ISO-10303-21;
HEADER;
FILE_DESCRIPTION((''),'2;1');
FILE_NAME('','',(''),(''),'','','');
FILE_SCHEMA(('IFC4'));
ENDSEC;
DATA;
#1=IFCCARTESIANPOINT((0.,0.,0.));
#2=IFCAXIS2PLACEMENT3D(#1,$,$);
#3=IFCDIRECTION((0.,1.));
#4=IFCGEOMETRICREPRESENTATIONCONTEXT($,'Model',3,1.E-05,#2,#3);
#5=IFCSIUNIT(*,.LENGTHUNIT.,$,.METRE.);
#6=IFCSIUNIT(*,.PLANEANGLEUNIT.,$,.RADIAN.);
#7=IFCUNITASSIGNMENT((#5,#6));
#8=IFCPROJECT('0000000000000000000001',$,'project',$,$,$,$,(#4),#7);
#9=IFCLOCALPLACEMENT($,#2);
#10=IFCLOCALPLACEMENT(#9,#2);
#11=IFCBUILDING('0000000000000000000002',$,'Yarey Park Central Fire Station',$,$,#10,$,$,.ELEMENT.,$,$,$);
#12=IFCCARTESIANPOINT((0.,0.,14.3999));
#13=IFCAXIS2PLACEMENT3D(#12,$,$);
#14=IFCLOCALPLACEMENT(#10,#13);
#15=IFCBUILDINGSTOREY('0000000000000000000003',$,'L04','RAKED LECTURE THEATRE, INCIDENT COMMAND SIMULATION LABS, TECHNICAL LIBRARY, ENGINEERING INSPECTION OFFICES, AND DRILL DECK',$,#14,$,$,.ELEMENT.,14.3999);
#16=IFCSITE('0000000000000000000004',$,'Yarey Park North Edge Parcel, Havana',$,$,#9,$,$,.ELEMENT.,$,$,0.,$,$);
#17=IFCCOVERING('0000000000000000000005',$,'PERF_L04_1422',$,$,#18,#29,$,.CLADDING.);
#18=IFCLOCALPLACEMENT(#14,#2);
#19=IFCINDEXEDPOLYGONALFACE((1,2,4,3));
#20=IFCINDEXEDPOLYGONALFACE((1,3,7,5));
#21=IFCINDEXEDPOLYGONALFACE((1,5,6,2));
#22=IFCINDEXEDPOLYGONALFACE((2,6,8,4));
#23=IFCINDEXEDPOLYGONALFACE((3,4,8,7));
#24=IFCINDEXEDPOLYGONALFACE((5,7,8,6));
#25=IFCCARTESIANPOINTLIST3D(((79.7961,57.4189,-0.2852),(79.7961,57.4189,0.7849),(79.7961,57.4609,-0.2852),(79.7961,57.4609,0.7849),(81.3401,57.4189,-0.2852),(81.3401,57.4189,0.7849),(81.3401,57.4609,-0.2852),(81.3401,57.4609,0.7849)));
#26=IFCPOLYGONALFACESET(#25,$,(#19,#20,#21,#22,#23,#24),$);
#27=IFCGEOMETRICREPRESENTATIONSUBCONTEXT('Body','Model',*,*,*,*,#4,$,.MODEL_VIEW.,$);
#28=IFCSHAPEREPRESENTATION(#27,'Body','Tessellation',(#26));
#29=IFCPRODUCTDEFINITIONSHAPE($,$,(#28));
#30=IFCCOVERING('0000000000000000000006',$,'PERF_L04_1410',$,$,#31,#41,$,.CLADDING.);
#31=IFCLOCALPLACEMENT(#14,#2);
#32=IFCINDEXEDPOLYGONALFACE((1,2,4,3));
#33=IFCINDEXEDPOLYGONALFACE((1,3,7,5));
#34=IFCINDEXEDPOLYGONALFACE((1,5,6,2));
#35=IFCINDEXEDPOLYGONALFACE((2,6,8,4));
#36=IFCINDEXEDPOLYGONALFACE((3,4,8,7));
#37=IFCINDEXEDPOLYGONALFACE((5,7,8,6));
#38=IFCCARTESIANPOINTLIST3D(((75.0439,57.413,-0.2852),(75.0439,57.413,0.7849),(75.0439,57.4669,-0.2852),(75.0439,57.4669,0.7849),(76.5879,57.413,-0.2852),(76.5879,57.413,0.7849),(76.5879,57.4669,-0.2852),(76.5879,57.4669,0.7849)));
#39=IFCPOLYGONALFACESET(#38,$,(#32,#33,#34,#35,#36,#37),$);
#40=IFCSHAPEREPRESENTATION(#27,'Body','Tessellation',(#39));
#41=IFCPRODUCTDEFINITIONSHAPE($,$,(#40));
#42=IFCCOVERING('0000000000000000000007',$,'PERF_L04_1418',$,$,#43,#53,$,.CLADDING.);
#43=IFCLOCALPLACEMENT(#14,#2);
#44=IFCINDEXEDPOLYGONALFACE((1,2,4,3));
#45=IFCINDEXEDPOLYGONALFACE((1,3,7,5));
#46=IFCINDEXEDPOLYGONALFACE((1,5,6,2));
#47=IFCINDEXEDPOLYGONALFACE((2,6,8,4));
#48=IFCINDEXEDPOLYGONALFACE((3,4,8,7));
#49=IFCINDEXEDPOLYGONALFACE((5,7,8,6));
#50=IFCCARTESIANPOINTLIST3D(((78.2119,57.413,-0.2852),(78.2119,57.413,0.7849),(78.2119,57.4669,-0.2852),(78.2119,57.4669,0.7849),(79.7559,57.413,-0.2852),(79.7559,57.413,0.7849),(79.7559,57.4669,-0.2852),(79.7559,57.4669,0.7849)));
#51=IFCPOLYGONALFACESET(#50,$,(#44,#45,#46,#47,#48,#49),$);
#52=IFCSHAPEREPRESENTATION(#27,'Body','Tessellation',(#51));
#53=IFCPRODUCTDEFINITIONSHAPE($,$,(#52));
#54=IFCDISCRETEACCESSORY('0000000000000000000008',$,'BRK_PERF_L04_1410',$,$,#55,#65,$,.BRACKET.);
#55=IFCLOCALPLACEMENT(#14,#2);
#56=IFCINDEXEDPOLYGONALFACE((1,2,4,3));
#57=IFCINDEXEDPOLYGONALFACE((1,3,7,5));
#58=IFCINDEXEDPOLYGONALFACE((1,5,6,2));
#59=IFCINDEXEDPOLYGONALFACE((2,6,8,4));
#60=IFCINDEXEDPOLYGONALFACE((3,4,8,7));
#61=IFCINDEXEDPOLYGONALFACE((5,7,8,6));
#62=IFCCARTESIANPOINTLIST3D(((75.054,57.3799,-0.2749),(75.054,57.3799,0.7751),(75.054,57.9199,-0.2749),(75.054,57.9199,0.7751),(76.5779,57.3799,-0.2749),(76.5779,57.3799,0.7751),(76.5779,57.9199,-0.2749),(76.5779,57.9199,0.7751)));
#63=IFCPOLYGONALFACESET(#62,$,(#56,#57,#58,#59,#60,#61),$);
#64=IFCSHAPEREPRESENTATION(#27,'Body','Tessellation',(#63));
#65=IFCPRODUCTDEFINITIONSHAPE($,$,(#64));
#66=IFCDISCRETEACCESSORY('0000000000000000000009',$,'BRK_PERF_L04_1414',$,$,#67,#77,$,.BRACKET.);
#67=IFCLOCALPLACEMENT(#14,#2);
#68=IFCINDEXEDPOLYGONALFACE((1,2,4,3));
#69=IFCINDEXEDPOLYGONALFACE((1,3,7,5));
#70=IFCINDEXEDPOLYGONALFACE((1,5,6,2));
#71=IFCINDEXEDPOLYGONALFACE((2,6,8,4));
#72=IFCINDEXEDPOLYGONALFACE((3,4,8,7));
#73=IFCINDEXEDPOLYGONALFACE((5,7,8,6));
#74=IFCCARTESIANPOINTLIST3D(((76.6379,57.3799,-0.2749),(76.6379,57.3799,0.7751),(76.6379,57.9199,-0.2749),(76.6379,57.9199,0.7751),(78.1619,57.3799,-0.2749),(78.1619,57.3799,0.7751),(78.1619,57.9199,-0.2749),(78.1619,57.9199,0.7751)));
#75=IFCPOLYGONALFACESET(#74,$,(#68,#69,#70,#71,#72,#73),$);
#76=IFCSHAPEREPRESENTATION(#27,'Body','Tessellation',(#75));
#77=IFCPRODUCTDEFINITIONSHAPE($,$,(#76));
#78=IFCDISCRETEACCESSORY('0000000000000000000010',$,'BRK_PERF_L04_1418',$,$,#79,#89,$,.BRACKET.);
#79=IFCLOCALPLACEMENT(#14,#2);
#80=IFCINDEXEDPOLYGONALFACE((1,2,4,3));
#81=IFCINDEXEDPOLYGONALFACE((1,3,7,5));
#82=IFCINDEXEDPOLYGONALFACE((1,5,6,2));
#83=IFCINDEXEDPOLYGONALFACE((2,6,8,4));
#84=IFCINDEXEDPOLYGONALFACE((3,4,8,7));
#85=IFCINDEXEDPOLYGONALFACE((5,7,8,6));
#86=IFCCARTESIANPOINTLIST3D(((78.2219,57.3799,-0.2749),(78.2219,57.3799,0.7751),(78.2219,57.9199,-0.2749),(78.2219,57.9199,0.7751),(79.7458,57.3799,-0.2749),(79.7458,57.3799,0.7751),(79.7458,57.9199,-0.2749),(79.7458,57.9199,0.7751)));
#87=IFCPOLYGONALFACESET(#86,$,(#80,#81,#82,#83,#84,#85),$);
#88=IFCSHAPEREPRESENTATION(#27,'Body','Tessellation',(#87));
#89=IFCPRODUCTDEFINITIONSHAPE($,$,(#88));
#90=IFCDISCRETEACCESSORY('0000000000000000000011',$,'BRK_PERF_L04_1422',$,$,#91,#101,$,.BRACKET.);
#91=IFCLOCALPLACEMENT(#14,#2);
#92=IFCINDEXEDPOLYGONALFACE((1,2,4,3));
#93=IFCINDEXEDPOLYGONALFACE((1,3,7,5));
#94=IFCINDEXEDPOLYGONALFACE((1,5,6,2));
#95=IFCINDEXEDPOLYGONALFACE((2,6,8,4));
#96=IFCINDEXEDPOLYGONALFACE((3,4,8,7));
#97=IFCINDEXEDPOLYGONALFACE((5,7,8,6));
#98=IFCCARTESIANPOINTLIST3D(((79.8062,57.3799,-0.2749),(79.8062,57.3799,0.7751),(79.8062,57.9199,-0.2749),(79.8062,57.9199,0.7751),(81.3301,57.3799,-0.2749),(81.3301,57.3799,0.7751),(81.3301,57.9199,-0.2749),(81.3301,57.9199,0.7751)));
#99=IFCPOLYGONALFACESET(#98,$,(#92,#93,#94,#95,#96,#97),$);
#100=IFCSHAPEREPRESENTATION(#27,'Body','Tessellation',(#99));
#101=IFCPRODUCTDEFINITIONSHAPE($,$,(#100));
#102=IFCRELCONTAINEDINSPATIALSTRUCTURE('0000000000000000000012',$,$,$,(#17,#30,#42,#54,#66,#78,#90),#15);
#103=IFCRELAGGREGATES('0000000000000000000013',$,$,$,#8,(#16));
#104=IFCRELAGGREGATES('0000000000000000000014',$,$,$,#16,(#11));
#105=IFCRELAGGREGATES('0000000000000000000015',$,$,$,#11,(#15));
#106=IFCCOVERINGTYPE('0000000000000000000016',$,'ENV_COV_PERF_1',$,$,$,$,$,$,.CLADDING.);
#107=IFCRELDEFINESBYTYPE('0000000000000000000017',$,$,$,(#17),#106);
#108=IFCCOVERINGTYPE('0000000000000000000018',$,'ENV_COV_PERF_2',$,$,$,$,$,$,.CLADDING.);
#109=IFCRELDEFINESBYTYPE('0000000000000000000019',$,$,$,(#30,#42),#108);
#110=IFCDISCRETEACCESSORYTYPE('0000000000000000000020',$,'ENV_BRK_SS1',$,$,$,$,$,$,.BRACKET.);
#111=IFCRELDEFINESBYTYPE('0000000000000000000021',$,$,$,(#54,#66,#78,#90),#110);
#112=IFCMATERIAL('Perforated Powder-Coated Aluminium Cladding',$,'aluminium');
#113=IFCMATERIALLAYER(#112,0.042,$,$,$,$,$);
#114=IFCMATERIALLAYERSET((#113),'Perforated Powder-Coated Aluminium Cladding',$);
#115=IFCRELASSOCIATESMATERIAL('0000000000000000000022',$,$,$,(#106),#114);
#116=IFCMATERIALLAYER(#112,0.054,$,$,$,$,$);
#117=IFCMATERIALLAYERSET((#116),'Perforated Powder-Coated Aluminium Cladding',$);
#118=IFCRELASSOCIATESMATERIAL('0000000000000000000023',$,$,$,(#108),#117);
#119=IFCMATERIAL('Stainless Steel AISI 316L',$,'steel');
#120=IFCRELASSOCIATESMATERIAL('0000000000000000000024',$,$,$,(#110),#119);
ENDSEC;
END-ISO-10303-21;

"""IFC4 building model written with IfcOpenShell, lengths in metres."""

from ifc_helpers import new_model, si_unit, direction, frame, origin, origin_2d, place, context, subcontext, project, spatial, rectangle, extrude, material, layer, layer_set, type_object, element, save


model = new_model("IFC4")

# Units and contexts
model_context = context("Model", 3, precision=1e-05, world=origin(), true_north=direction((0.0, 1.0)))
body_context = subcontext(model_context, "Body", "Model", "MODEL_VIEW")
ifc_project = project(units=[si_unit("LENGTHUNIT", "METRE"), si_unit("PLANEANGLEUNIT", "RADIAN")], contexts=[model_context])

# Site, building, storey
site_placement = place(None, origin())
site = spatial("IfcSite", under=ifc_project, at=site_placement, Name="Yarey Park North Edge Parcel, Havana", CompositionType="ELEMENT", RefElevation=0.0)
building_placement = place(site_placement, origin())
building = spatial("IfcBuilding", under=site, at=building_placement, Name="Yarey Park Central Fire Station", CompositionType="ELEMENT")
storey_placement = place(building_placement, frame((0.0, 0.0, 14.3999)))
storey = spatial("IfcBuildingStorey", under=building, at=storey_placement, Name="L04", Description="RAKED LECTURE THEATRE, INCIDENT COMMAND SIMULATION LABS, TECHNICAL LIBRARY, ENGINEERING INSPECTION OFFICES, AND DRILL DECK", CompositionType="ELEMENT", Elevation=14.3999)

# Coverings
ifc_material_1 = material(Name="Perforated Powder-Coated Aluminium Cladding", Category="aluminium")
ifc_layer_1 = layer(ifc_material_1, 0.042)
ifc_layer_set_1 = layer_set([ifc_layer_1], Name="Perforated Powder-Coated Aluminium Cladding")
covering_type_1 = type_object("IfcCoveringType", Name="ENV_COV_PERF_1", PredefinedType="CLADDING", material=ifc_layer_set_1)
for number, where, z_axis, x_axis, name in (
    (1, (80.5681, 57.4399, -0.2852), (0.0, 0.0, 1.0), (1.0, 0.0, 0.0), "PERF_L04_1422"),
):
    element("IfcCovering", number, at=place(storey_placement, frame(where, z_axis=z_axis, x_axis=x_axis)), inside=storey, type_object=covering_type_1, Name=name, PredefinedType="CLADDING", context=body_context, shape_type="SweptSolid", body=[
        extrude(rectangle(XDim=1.5439, YDim=0.042, at=origin_2d()), origin(), (0.0, 0.0, 1.0), 1.0701),
    ])
ifc_layer_2 = layer(ifc_material_1, 0.054)
ifc_layer_set_2 = layer_set([ifc_layer_2], Name="Perforated Powder-Coated Aluminium Cladding")
covering_type_2 = type_object("IfcCoveringType", Name="ENV_COV_PERF_2", PredefinedType="CLADDING", material=ifc_layer_set_2)
for number, where, z_axis, x_axis, name in (
    (2, (75.8159, 57.4399, -0.2852), (0.0, 0.0, 1.0), (1.0, 0.0, 0.0), "PERF_L04_1410"),
    (3, (78.9839, 57.4399, -0.2852), (0.0, 0.0, 1.0), (1.0, 0.0, 0.0), "PERF_L04_1418"),
):
    element("IfcCovering", number, at=place(storey_placement, frame(where, z_axis=z_axis, x_axis=x_axis)), inside=storey, type_object=covering_type_2, Name=name, PredefinedType="CLADDING", context=body_context, shape_type="SweptSolid", body=[
        extrude(rectangle(XDim=1.5439, YDim=0.054, at=origin_2d()), origin(), (0.0, 0.0, 1.0), 1.0701),
    ])

# Discrete accessories
ifc_material_2 = material(Name="Stainless Steel AISI 316L", Category="steel")
discrete_accessory_type = type_object("IfcDiscreteAccessoryType", Name="ENV_BRK_SS1", PredefinedType="BRACKET", material=ifc_material_2)
for number, where, z_axis, x_axis, name in (
    (4, (75.8159, 57.6499, -0.2749), (0.0, 0.0, 1.0), (1.0, 0.0, 0.0), "BRK_PERF_L04_1410"),
    (5, (77.3999, 57.6499, -0.2749), (0.0, 0.0, 1.0), (1.0, 0.0, 0.0), "BRK_PERF_L04_1414"),
    (6, (78.9839, 57.6499, -0.2749), (0.0, 0.0, 1.0), (1.0, 0.0, 0.0), "BRK_PERF_L04_1418"),
    (7, (80.5681, 57.6499, -0.2749), (0.0, 0.0, 1.0), (1.0, 0.0, 0.0), "BRK_PERF_L04_1422"),
):
    element("IfcDiscreteAccessory", number, at=place(storey_placement, frame(where, z_axis=z_axis, x_axis=x_axis)), inside=storey, type_object=discrete_accessory_type, Name=name, PredefinedType="BRACKET", context=body_context, shape_type="SweptSolid", body=[
        extrude(rectangle(XDim=1.5239, YDim=0.54, at=origin_2d()), origin(), (0.0, 0.0, 1.0), 1.05),
    ])

save(model, "model.ifc")
